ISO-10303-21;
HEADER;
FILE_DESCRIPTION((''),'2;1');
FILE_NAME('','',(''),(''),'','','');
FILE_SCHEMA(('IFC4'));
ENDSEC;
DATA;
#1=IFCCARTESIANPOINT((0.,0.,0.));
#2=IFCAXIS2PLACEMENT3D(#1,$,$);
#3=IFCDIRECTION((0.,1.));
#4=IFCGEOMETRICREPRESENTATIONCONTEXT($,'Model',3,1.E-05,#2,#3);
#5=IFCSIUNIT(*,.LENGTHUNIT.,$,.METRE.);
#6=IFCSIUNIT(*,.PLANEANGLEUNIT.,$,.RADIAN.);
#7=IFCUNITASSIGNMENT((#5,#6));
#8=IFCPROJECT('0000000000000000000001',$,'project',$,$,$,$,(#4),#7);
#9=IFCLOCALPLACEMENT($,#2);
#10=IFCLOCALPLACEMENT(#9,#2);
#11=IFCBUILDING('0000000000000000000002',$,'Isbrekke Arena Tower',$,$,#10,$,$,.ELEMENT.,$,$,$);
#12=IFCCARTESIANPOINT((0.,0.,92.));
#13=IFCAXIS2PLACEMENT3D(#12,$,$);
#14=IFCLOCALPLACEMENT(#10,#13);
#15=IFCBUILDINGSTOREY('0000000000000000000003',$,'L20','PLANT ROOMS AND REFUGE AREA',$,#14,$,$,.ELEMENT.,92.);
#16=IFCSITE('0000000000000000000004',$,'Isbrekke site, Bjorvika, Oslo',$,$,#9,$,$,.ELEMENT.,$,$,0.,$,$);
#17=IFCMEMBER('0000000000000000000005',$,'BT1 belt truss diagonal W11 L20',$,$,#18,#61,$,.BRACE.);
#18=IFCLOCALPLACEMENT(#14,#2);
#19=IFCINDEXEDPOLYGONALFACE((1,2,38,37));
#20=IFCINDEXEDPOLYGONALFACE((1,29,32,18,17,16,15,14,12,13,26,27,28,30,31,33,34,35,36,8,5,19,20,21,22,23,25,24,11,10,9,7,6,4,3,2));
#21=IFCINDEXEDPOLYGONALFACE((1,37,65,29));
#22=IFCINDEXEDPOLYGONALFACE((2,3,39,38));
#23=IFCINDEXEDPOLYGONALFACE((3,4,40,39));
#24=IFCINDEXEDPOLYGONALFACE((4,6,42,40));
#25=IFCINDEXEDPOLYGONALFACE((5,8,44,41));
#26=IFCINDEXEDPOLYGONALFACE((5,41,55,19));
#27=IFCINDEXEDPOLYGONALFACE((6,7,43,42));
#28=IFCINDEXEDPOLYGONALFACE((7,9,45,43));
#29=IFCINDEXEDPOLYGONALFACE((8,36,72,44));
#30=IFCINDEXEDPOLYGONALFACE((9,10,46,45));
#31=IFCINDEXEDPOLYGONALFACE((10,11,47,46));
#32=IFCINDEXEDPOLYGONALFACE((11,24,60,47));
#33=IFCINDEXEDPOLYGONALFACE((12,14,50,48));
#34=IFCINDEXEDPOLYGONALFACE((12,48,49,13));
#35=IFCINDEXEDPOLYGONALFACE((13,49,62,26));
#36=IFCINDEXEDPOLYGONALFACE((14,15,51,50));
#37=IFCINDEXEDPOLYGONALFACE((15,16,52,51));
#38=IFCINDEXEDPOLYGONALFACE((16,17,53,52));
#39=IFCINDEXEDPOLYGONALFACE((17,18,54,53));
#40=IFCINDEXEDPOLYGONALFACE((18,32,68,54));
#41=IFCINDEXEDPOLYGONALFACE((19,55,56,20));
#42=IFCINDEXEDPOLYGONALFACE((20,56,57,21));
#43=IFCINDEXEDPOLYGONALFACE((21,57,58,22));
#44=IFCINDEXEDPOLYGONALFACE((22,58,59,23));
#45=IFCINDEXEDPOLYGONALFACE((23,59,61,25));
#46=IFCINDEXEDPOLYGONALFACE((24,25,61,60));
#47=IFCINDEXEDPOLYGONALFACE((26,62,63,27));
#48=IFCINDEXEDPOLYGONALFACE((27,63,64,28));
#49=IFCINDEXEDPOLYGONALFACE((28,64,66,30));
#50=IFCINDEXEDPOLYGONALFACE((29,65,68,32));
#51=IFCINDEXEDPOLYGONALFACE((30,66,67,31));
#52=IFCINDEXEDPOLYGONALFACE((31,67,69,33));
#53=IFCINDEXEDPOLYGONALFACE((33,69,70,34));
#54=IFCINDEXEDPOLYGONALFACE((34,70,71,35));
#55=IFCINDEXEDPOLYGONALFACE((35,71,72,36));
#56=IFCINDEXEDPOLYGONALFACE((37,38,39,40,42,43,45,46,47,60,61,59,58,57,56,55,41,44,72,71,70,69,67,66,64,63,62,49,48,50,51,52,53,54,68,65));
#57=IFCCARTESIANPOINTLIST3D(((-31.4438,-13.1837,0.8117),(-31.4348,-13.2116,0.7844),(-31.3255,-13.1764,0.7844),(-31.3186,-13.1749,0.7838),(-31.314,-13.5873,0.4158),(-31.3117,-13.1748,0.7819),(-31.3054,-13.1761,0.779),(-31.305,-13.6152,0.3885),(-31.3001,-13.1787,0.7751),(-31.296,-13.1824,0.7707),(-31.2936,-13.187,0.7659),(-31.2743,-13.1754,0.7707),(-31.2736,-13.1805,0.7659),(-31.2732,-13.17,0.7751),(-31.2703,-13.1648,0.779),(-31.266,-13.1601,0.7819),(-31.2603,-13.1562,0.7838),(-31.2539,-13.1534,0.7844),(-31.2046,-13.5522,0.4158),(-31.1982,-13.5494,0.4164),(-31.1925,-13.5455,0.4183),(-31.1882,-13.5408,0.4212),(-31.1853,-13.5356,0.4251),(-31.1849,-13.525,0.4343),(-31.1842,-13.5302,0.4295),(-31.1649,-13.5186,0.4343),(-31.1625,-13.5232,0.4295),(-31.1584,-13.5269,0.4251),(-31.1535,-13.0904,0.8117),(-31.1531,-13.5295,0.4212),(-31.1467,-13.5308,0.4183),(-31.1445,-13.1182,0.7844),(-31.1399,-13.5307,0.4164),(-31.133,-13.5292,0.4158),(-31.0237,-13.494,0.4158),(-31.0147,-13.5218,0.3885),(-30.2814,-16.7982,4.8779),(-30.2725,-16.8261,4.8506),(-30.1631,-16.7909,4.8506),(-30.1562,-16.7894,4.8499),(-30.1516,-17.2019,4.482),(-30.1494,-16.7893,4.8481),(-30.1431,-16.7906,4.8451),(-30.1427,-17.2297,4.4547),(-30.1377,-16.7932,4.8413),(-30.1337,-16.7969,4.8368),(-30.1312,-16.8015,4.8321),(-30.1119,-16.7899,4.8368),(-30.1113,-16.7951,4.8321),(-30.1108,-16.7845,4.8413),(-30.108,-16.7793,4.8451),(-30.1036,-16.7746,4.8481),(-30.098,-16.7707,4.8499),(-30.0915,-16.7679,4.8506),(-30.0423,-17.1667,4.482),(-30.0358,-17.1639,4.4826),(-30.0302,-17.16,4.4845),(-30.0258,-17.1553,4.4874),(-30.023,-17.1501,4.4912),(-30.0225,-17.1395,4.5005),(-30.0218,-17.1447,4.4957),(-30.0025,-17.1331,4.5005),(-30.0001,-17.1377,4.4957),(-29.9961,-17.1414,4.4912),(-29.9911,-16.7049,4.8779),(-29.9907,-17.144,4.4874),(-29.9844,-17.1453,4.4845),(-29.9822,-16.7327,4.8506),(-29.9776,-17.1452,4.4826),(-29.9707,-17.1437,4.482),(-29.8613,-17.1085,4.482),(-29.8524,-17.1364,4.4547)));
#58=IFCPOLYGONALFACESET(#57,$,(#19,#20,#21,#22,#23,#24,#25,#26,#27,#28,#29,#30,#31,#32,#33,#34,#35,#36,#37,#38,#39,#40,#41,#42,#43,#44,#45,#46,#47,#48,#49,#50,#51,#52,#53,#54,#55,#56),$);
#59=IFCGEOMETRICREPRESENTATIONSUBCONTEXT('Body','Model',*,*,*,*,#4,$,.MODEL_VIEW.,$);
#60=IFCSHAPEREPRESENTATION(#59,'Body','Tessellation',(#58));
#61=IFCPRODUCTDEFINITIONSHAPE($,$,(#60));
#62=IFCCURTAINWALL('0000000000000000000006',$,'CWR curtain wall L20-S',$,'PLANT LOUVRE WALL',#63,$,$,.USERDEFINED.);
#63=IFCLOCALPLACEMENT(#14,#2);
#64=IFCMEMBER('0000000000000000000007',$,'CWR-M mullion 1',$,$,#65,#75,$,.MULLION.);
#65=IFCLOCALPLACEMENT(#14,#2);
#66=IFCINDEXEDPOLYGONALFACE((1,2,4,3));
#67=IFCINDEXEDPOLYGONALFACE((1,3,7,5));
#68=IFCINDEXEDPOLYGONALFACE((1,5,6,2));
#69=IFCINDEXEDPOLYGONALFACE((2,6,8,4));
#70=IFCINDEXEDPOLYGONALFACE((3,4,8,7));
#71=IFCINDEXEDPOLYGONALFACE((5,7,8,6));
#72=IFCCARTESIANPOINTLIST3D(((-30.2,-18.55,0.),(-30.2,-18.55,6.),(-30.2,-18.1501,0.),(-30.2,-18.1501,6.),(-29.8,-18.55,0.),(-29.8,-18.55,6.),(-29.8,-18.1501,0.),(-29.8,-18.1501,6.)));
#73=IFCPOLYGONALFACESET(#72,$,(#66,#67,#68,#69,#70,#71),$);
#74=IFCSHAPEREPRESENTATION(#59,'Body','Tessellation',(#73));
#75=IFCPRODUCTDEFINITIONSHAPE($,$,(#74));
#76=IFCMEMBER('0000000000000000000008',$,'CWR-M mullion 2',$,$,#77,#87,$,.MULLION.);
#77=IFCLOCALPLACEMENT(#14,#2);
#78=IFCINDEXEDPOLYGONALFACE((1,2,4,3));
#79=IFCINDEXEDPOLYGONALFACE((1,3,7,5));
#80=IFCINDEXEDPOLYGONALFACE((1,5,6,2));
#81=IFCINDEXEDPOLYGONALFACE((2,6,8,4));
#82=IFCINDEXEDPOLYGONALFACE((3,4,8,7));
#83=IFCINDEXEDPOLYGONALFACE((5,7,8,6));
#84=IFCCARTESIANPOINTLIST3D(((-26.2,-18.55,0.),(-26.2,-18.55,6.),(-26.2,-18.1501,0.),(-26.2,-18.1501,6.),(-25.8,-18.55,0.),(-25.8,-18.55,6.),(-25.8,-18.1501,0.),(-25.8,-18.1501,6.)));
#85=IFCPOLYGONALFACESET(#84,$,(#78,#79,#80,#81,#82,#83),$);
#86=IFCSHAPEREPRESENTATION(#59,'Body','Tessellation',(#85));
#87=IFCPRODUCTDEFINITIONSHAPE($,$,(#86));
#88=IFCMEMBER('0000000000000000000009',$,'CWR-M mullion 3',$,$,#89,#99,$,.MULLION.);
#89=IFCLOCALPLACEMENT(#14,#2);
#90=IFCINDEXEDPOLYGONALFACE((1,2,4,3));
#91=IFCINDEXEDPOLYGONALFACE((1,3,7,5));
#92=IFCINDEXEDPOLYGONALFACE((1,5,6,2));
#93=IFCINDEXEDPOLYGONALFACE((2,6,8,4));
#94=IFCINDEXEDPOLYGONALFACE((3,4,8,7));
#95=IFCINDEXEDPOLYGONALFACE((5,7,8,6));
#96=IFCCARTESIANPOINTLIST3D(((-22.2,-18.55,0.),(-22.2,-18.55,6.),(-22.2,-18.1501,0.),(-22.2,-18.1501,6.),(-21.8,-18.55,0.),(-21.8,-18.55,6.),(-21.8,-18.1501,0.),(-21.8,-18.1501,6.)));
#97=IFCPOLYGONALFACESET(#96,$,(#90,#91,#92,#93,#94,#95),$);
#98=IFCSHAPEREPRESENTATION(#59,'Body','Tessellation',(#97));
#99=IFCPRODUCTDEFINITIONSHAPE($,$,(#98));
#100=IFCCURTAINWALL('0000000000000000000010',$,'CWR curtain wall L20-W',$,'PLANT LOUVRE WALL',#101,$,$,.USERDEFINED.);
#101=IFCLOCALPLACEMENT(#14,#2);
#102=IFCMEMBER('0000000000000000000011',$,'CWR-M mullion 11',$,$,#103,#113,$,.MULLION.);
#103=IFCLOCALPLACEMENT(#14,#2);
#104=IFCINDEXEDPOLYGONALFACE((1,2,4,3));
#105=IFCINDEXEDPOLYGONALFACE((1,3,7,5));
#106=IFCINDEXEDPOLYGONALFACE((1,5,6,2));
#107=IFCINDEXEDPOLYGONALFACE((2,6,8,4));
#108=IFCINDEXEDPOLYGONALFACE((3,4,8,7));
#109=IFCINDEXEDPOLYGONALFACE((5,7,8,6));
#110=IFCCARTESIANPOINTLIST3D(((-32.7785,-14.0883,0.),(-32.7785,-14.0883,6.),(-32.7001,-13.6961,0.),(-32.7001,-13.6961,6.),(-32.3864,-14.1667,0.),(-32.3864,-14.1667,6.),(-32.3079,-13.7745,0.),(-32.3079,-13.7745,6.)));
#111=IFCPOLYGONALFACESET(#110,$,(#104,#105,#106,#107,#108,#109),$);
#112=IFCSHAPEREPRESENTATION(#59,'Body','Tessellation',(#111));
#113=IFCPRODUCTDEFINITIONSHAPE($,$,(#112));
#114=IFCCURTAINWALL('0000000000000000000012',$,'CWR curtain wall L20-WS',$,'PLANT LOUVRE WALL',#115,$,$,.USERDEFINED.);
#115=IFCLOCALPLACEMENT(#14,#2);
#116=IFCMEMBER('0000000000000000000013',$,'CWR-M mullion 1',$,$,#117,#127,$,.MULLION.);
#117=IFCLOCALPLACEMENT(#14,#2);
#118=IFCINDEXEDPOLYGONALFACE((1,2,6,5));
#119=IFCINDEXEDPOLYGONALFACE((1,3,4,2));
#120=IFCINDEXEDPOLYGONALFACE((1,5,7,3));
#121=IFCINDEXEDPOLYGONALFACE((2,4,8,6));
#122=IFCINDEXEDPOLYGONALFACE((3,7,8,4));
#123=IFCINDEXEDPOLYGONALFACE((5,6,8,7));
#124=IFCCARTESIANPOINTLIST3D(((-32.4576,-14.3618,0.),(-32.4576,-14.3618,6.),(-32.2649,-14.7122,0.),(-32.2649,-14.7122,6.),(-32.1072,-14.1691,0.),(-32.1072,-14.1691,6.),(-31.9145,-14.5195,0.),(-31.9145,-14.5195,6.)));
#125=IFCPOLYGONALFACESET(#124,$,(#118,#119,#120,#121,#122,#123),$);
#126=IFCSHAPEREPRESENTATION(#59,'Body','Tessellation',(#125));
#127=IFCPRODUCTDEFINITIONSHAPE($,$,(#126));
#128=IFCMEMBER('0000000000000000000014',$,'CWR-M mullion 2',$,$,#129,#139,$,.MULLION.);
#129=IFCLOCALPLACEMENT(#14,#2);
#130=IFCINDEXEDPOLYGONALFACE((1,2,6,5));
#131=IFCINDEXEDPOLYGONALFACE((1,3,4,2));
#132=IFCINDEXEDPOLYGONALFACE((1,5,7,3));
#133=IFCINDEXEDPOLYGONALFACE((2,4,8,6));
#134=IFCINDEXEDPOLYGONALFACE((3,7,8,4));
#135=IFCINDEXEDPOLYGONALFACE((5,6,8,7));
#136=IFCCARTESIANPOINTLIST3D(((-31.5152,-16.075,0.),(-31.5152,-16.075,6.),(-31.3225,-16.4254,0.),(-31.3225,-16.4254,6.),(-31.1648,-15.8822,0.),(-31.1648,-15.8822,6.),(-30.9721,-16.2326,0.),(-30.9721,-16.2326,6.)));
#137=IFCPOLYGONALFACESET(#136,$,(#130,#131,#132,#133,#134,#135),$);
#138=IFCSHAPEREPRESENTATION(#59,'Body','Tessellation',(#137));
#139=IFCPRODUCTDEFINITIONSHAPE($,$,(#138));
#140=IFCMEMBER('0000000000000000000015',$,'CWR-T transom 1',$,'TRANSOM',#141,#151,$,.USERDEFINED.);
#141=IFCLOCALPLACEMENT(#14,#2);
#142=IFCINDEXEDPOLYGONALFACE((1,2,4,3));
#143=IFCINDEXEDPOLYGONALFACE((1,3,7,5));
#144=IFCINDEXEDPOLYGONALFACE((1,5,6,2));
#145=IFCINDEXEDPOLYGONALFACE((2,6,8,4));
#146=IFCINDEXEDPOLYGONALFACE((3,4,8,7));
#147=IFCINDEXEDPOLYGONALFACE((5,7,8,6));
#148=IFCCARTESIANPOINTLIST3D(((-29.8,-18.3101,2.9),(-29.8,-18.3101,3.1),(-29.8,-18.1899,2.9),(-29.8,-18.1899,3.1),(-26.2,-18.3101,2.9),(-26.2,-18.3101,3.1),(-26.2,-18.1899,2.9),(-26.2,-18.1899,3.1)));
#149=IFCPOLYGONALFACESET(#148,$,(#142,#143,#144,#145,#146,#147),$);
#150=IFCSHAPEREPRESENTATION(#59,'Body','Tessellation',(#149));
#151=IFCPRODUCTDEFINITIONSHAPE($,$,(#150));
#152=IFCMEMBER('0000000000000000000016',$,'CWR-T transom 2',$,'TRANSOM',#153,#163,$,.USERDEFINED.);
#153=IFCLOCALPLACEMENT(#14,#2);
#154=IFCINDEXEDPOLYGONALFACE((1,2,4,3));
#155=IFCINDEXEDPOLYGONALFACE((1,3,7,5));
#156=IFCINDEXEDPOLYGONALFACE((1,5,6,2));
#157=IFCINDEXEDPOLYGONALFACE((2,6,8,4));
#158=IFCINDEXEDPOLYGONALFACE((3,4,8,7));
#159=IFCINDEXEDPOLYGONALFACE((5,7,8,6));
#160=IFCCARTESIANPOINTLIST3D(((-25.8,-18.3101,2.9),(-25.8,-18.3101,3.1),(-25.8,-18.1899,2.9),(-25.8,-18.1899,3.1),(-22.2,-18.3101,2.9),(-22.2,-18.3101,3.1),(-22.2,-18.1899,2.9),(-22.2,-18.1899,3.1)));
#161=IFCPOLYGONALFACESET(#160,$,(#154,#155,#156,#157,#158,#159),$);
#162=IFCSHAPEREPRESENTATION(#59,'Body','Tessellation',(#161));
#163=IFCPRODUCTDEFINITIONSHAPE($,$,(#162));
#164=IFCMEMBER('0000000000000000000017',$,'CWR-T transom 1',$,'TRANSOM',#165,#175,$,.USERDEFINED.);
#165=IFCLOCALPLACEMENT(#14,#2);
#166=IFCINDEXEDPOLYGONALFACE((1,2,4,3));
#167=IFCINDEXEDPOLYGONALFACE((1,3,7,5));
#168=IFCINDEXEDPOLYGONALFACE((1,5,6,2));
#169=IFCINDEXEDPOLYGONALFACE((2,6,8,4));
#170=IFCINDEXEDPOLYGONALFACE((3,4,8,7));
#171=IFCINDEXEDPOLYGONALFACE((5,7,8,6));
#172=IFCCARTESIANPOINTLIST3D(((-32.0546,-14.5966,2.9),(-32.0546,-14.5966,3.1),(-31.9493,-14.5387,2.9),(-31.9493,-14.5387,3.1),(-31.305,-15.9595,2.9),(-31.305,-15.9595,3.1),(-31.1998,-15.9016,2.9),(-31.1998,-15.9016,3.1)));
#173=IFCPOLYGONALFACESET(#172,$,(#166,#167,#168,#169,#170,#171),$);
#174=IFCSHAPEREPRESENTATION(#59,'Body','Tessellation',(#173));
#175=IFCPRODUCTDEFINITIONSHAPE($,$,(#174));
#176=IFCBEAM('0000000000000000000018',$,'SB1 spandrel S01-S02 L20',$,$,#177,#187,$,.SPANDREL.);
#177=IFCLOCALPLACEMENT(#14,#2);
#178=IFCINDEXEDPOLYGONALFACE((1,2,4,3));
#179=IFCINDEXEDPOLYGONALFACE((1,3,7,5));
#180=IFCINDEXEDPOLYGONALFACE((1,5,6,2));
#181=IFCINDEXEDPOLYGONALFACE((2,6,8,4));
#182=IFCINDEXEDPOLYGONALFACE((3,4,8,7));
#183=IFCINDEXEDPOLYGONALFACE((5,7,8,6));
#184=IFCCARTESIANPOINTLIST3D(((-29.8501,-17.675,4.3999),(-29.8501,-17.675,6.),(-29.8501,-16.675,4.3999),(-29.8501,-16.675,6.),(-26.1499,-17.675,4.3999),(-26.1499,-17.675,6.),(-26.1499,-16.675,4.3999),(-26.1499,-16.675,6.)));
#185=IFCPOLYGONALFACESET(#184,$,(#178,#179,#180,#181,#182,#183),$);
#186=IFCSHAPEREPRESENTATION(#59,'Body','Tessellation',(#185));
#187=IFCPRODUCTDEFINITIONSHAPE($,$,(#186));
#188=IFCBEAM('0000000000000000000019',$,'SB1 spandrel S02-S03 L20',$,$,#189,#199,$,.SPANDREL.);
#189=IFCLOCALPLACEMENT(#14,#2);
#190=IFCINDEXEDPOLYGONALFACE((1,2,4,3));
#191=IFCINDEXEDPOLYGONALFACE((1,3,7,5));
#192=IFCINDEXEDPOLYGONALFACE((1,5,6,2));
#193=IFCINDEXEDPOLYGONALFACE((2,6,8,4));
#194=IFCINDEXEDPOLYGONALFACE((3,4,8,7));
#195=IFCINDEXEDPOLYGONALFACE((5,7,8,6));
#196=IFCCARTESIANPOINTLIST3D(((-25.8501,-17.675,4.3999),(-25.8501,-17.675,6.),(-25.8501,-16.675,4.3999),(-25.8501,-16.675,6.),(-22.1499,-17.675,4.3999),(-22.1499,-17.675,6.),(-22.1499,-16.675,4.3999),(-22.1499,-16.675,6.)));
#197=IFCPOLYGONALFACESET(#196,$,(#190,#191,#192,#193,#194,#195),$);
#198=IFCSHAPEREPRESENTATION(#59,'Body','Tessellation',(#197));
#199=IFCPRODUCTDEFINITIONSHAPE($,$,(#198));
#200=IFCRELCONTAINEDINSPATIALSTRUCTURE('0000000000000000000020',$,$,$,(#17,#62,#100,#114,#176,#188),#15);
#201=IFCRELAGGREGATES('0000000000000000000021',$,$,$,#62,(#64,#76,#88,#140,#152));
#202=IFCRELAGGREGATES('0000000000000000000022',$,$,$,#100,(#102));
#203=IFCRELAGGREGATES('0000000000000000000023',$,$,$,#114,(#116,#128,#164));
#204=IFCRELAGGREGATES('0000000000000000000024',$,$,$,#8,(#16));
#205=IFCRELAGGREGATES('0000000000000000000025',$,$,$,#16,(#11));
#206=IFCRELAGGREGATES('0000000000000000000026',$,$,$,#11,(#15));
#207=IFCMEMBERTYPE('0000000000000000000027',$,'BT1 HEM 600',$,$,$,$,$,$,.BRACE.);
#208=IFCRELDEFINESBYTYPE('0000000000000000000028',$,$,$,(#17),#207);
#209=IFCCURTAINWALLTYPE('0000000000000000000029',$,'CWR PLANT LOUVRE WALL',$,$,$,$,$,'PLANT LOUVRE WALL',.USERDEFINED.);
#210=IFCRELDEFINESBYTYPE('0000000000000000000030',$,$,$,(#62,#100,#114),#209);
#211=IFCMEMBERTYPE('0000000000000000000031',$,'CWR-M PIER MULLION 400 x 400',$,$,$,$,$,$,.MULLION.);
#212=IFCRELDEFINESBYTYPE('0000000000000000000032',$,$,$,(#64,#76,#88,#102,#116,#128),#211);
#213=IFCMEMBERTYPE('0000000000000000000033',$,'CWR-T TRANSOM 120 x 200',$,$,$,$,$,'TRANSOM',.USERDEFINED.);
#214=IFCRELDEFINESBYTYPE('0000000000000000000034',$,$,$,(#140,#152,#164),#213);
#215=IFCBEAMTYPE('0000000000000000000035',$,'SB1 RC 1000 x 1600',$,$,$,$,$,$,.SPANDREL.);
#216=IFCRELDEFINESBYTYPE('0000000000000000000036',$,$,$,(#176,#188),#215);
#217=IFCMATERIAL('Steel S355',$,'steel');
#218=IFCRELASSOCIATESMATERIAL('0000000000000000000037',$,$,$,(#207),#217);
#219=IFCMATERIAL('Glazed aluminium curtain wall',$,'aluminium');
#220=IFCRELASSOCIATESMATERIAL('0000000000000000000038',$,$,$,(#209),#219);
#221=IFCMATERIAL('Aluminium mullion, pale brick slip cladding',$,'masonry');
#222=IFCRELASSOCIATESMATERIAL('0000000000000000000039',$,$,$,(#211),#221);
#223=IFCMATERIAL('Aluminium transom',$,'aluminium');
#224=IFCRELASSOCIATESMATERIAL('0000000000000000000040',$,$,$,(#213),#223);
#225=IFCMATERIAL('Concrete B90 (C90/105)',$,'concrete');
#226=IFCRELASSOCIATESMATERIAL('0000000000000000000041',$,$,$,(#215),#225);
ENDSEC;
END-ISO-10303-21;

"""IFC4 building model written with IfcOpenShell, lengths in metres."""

from ifc_helpers import new_model, si_unit, direction, frame, origin, origin_2d, place, context, subcontext, project, spatial, rectangle, i_section, extrude, material, material_profile, profile_set, type_object, element, aggregate, save


model = new_model("IFC4")

# Units and contexts
model_context = context("Model", 3, precision=1e-05, world=origin(), true_north=direction((0.0, 1.0)))
body_context = subcontext(model_context, "Body", "Model", "MODEL_VIEW")
ifc_project = project(units=[si_unit("LENGTHUNIT", "METRE"), si_unit("PLANEANGLEUNIT", "RADIAN")], contexts=[model_context])

# Site, building, storey
site_placement = place(None, origin())
site = spatial("IfcSite", under=ifc_project, at=site_placement, Name="Isbrekke site, Bjorvika, Oslo", CompositionType="ELEMENT", RefElevation=0.0)
building_placement = place(site_placement, origin())
building = spatial("IfcBuilding", under=site, at=building_placement, Name="Isbrekke Arena Tower", CompositionType="ELEMENT")
storey_placement = place(building_placement, frame((0.0, 0.0, 92.0)))
storey = spatial("IfcBuildingStorey", under=building, at=storey_placement, Name="L20", Description="PLANT ROOMS AND REFUGE AREA", CompositionType="ELEMENT", Elevation=92.0)

# Member
ifc_material_1 = material(Name="Steel S355", Category="steel")
ifc_material_profile_1 = material_profile(ifc_material_1, i_section(OverallWidth=0.3049, OverallDepth=0.6201, WebThickness=0.021, FlangeThickness=0.04, FilletRadius=0.0271, at=origin_2d()), Name="HEM 600")
ifc_profile_set_1 = profile_set([ifc_material_profile_1], Name="Steel S355")
member_type_1 = type_object("IfcMemberType", Name="BT1 HEM 600", PredefinedType="BRACE", material=ifc_profile_set_1)
member_1_placement = place(storey_placement, frame((-31.2292, -13.3528, 0.6001), z_axis=(0.208936, -0.649715, 0.730901), x_axis=(0.951986, 0.30614, 0.0)))
element("IfcMember", 1, at=member_1_placement, inside=storey, type_object=member_type_1, Name="BT1 belt truss diagonal W11 L20", PredefinedType="BRACE", context=body_context, shape_type="SweptSolid", body=[
    extrude(i_section(OverallWidth=0.3049, OverallDepth=0.6201, WebThickness=0.021, FlangeThickness=0.04, FilletRadius=0.0271, at=origin_2d()), origin(), (0.0, 0.0, 1.0), 5.5632),
])

# Curtain wall, members
ifc_material_2 = material(Name="Glazed aluminium curtain wall", Category="aluminium")
curtain_wall_type = type_object("IfcCurtainWallType", Name="CWR PLANT LOUVRE WALL", ElementType="PLANT LOUVRE WALL", PredefinedType="USERDEFINED", material=ifc_material_2)
curtain_wall_1_placement = place(storey_placement, origin())
curtain_wall_1 = element("IfcCurtainWall", 2, at=curtain_wall_1_placement, inside=storey, type_object=curtain_wall_type, Name="CWR curtain wall L20-S", ObjectType="PLANT LOUVRE WALL", PredefinedType="USERDEFINED")
ifc_material_3 = material(Name="Aluminium mullion, pale brick slip cladding", Category="masonry")
ifc_material_profile_2 = material_profile(ifc_material_3, rectangle(XDim=0.3999, YDim=0.3999, at=origin_2d()), Name="PIER 400X400")
ifc_profile_set_2 = profile_set([ifc_material_profile_2], Name="Aluminium mullion, pale brick slip cladding")
member_type_2 = type_object("IfcMemberType", Name="CWR-M PIER MULLION 400 x 400", PredefinedType="MULLION", material=ifc_profile_set_2)
member_2_placement = place(storey_placement, frame((-30.0, -18.3501, 0.0), z_axis=(0.0, 0.0, 1.0), x_axis=(1.0, 0.0, 0.0)))
member_2 = element("IfcMember", 3, at=member_2_placement, type_object=member_type_2, Name="CWR-M mullion 1", PredefinedType="MULLION", context=body_context, shape_type="SweptSolid", body=[
    extrude(rectangle(XDim=0.3999, YDim=0.3999, at=origin_2d()), origin(), (0.0, 0.0, 1.0), 6.0),
])
member_3_placement = place(storey_placement, frame((-26.0, -18.3501, 0.0), z_axis=(0.0, 0.0, 1.0), x_axis=(1.0, 0.0, 0.0)))
member_3 = element("IfcMember", 4, at=member_3_placement, type_object=member_type_2, Name="CWR-M mullion 2", PredefinedType="MULLION", context=body_context, shape_type="SweptSolid", body=[
    extrude(rectangle(XDim=0.3999, YDim=0.3999, at=origin_2d()), origin(), (0.0, 0.0, 1.0), 6.0),
])
member_4_placement = place(storey_placement, frame((-22.0, -18.3501, 0.0), z_axis=(0.0, 0.0, 1.0), x_axis=(1.0, 0.0, 0.0)))
member_4 = element("IfcMember", 5, at=member_4_placement, type_object=member_type_2, Name="CWR-M mullion 3", PredefinedType="MULLION", context=body_context, shape_type="SweptSolid", body=[
    extrude(rectangle(XDim=0.3999, YDim=0.3999, at=origin_2d()), origin(), (0.0, 0.0, 1.0), 6.0),
])

# Curtain wall, member
curtain_wall_2_placement = place(storey_placement, origin())
curtain_wall_2 = element("IfcCurtainWall", 6, at=curtain_wall_2_placement, inside=storey, type_object=curtain_wall_type, Name="CWR curtain wall L20-W", ObjectType="PLANT LOUVRE WALL", PredefinedType="USERDEFINED")
member_5_placement = place(storey_placement, frame((-32.5432, -13.9314, 0.0), z_axis=(0.0, 0.0, 1.0), x_axis=(-0.196116, -0.980581, 0.0)))
member_5 = element("IfcMember", 7, at=member_5_placement, type_object=member_type_2, Name="CWR-M mullion 11", PredefinedType="MULLION", context=body_context, shape_type="SweptSolid", body=[
    extrude(rectangle(XDim=0.3999, YDim=0.3999, at=origin_2d()), origin(), (0.0, 0.0, 1.0), 6.0),
])

# Curtain wall, members
curtain_wall_3_placement = place(storey_placement, origin())
curtain_wall_3 = element("IfcCurtainWall", 8, at=curtain_wall_3_placement, inside=storey, type_object=curtain_wall_type, Name="CWR curtain wall L20-WS", ObjectType="PLANT LOUVRE WALL", PredefinedType="USERDEFINED")
member_6_placement = place(storey_placement, frame((-32.186, -14.4407, 0.0), z_axis=(0.0, 0.0, 1.0), x_axis=(0.481919, -0.876216, 0.0)))
member_6 = element("IfcMember", 9, at=member_6_placement, type_object=member_type_2, Name="CWR-M mullion 1", PredefinedType="MULLION", context=body_context, shape_type="SweptSolid", body=[
    extrude(rectangle(XDim=0.3999, YDim=0.3999, at=origin_2d()), origin(), (0.0, 0.0, 1.0), 6.0),
])
member_7_placement = place(storey_placement, frame((-31.2437, -16.1538, 0.0), z_axis=(0.0, 0.0, 1.0), x_axis=(0.481919, -0.876216, 0.0)))
member_7 = element("IfcMember", 10, at=member_7_placement, type_object=member_type_2, Name="CWR-M mullion 2", PredefinedType="MULLION", context=body_context, shape_type="SweptSolid", body=[
    extrude(rectangle(XDim=0.3999, YDim=0.3999, at=origin_2d()), origin(), (0.0, 0.0, 1.0), 6.0),
])

# Members
ifc_material_4 = material(Name="Aluminium transom", Category="aluminium")
ifc_material_profile_3 = material_profile(ifc_material_4, rectangle(XDim=0.1201, YDim=0.2, at=origin_2d()), Name="TRANSOM 120X200")
ifc_profile_set_3 = profile_set([ifc_material_profile_3], Name="Aluminium transom")
member_type_3 = type_object("IfcMemberType", Name="CWR-T TRANSOM 120 x 200", ElementType="TRANSOM", PredefinedType="USERDEFINED", material=ifc_profile_set_3)
member_8_placement = place(storey_placement, frame((-29.8, -18.25, 3.0), z_axis=(1.0, 0.0, 0.0), x_axis=(0.0, 1.0, 0.0)))
member_8 = element("IfcMember", 11, at=member_8_placement, type_object=member_type_3, Name="CWR-T transom 1", ObjectType="TRANSOM", PredefinedType="USERDEFINED", context=body_context, shape_type="SweptSolid", body=[
    extrude(rectangle(XDim=0.1201, YDim=0.2, at=origin_2d()), origin(), (0.0, 0.0, 1.0), 3.6001),
])
member_9_placement = place(storey_placement, frame((-25.8, -18.25, 3.0), z_axis=(1.0, 0.0, 0.0), x_axis=(0.0, 1.0, 0.0)))
member_9 = element("IfcMember", 12, at=member_9_placement, type_object=member_type_3, Name="CWR-T transom 2", ObjectType="TRANSOM", PredefinedType="USERDEFINED", context=body_context, shape_type="SweptSolid", body=[
    extrude(rectangle(XDim=0.1201, YDim=0.2, at=origin_2d()), origin(), (0.0, 0.0, 1.0), 3.6001),
])
member_10_placement = place(storey_placement, frame((-32.002, -14.5676, 3.0), z_axis=(0.481907, -0.876223, 0.0), x_axis=(0.876223, 0.481907, 0.0)))
member_10 = element("IfcMember", 13, at=member_10_placement, type_object=member_type_3, Name="CWR-T transom 1", ObjectType="TRANSOM", PredefinedType="USERDEFINED", context=body_context, shape_type="SweptSolid", body=[
    extrude(rectangle(XDim=0.1201, YDim=0.2, at=origin_2d()), origin(), (0.0, 0.0, 1.0), 1.5554),
])

# Beams
ifc_material_5 = material(Name="Concrete B90 (C90/105)", Category="concrete")
ifc_material_profile_4 = material_profile(ifc_material_5, rectangle(XDim=1.0, YDim=1.6001, at=origin_2d()), Name="RC 1000x1600")
ifc_profile_set_4 = profile_set([ifc_material_profile_4], Name="Concrete B90 (C90/105)")
beam_type_1 = type_object("IfcBeamType", Name="SB1 RC 1000 x 1600", PredefinedType="SPANDREL", material=ifc_profile_set_4)
for number, where, z_axis, x_axis, name in (
    (14, (-29.8501, -17.175, 5.2), (1.0, 0.0, 0.0), (0.0, 1.0, 0.0), "SB1 spandrel S01-S02 L20"),
    (15, (-25.8501, -17.175, 5.2), (1.0, 0.0, 0.0), (0.0, 1.0, 0.0), "SB1 spandrel S02-S03 L20"),
):
    element("IfcBeam", number, at=place(storey_placement, frame(where, z_axis=z_axis, x_axis=x_axis)), inside=storey, type_object=beam_type_1, Name=name, PredefinedType="SPANDREL", context=body_context, shape_type="SweptSolid", body=[
        extrude(rectangle(XDim=1.0, YDim=1.6001, at=origin_2d()), origin(), (0.0, 0.0, 1.0), 3.7002),
    ])

aggregate(curtain_wall_1, [member_2, member_3, member_4, member_8, member_9])
aggregate(curtain_wall_2, [member_5])
aggregate(curtain_wall_3, [member_6, member_7, member_10])

save(model, "model.ifc")
